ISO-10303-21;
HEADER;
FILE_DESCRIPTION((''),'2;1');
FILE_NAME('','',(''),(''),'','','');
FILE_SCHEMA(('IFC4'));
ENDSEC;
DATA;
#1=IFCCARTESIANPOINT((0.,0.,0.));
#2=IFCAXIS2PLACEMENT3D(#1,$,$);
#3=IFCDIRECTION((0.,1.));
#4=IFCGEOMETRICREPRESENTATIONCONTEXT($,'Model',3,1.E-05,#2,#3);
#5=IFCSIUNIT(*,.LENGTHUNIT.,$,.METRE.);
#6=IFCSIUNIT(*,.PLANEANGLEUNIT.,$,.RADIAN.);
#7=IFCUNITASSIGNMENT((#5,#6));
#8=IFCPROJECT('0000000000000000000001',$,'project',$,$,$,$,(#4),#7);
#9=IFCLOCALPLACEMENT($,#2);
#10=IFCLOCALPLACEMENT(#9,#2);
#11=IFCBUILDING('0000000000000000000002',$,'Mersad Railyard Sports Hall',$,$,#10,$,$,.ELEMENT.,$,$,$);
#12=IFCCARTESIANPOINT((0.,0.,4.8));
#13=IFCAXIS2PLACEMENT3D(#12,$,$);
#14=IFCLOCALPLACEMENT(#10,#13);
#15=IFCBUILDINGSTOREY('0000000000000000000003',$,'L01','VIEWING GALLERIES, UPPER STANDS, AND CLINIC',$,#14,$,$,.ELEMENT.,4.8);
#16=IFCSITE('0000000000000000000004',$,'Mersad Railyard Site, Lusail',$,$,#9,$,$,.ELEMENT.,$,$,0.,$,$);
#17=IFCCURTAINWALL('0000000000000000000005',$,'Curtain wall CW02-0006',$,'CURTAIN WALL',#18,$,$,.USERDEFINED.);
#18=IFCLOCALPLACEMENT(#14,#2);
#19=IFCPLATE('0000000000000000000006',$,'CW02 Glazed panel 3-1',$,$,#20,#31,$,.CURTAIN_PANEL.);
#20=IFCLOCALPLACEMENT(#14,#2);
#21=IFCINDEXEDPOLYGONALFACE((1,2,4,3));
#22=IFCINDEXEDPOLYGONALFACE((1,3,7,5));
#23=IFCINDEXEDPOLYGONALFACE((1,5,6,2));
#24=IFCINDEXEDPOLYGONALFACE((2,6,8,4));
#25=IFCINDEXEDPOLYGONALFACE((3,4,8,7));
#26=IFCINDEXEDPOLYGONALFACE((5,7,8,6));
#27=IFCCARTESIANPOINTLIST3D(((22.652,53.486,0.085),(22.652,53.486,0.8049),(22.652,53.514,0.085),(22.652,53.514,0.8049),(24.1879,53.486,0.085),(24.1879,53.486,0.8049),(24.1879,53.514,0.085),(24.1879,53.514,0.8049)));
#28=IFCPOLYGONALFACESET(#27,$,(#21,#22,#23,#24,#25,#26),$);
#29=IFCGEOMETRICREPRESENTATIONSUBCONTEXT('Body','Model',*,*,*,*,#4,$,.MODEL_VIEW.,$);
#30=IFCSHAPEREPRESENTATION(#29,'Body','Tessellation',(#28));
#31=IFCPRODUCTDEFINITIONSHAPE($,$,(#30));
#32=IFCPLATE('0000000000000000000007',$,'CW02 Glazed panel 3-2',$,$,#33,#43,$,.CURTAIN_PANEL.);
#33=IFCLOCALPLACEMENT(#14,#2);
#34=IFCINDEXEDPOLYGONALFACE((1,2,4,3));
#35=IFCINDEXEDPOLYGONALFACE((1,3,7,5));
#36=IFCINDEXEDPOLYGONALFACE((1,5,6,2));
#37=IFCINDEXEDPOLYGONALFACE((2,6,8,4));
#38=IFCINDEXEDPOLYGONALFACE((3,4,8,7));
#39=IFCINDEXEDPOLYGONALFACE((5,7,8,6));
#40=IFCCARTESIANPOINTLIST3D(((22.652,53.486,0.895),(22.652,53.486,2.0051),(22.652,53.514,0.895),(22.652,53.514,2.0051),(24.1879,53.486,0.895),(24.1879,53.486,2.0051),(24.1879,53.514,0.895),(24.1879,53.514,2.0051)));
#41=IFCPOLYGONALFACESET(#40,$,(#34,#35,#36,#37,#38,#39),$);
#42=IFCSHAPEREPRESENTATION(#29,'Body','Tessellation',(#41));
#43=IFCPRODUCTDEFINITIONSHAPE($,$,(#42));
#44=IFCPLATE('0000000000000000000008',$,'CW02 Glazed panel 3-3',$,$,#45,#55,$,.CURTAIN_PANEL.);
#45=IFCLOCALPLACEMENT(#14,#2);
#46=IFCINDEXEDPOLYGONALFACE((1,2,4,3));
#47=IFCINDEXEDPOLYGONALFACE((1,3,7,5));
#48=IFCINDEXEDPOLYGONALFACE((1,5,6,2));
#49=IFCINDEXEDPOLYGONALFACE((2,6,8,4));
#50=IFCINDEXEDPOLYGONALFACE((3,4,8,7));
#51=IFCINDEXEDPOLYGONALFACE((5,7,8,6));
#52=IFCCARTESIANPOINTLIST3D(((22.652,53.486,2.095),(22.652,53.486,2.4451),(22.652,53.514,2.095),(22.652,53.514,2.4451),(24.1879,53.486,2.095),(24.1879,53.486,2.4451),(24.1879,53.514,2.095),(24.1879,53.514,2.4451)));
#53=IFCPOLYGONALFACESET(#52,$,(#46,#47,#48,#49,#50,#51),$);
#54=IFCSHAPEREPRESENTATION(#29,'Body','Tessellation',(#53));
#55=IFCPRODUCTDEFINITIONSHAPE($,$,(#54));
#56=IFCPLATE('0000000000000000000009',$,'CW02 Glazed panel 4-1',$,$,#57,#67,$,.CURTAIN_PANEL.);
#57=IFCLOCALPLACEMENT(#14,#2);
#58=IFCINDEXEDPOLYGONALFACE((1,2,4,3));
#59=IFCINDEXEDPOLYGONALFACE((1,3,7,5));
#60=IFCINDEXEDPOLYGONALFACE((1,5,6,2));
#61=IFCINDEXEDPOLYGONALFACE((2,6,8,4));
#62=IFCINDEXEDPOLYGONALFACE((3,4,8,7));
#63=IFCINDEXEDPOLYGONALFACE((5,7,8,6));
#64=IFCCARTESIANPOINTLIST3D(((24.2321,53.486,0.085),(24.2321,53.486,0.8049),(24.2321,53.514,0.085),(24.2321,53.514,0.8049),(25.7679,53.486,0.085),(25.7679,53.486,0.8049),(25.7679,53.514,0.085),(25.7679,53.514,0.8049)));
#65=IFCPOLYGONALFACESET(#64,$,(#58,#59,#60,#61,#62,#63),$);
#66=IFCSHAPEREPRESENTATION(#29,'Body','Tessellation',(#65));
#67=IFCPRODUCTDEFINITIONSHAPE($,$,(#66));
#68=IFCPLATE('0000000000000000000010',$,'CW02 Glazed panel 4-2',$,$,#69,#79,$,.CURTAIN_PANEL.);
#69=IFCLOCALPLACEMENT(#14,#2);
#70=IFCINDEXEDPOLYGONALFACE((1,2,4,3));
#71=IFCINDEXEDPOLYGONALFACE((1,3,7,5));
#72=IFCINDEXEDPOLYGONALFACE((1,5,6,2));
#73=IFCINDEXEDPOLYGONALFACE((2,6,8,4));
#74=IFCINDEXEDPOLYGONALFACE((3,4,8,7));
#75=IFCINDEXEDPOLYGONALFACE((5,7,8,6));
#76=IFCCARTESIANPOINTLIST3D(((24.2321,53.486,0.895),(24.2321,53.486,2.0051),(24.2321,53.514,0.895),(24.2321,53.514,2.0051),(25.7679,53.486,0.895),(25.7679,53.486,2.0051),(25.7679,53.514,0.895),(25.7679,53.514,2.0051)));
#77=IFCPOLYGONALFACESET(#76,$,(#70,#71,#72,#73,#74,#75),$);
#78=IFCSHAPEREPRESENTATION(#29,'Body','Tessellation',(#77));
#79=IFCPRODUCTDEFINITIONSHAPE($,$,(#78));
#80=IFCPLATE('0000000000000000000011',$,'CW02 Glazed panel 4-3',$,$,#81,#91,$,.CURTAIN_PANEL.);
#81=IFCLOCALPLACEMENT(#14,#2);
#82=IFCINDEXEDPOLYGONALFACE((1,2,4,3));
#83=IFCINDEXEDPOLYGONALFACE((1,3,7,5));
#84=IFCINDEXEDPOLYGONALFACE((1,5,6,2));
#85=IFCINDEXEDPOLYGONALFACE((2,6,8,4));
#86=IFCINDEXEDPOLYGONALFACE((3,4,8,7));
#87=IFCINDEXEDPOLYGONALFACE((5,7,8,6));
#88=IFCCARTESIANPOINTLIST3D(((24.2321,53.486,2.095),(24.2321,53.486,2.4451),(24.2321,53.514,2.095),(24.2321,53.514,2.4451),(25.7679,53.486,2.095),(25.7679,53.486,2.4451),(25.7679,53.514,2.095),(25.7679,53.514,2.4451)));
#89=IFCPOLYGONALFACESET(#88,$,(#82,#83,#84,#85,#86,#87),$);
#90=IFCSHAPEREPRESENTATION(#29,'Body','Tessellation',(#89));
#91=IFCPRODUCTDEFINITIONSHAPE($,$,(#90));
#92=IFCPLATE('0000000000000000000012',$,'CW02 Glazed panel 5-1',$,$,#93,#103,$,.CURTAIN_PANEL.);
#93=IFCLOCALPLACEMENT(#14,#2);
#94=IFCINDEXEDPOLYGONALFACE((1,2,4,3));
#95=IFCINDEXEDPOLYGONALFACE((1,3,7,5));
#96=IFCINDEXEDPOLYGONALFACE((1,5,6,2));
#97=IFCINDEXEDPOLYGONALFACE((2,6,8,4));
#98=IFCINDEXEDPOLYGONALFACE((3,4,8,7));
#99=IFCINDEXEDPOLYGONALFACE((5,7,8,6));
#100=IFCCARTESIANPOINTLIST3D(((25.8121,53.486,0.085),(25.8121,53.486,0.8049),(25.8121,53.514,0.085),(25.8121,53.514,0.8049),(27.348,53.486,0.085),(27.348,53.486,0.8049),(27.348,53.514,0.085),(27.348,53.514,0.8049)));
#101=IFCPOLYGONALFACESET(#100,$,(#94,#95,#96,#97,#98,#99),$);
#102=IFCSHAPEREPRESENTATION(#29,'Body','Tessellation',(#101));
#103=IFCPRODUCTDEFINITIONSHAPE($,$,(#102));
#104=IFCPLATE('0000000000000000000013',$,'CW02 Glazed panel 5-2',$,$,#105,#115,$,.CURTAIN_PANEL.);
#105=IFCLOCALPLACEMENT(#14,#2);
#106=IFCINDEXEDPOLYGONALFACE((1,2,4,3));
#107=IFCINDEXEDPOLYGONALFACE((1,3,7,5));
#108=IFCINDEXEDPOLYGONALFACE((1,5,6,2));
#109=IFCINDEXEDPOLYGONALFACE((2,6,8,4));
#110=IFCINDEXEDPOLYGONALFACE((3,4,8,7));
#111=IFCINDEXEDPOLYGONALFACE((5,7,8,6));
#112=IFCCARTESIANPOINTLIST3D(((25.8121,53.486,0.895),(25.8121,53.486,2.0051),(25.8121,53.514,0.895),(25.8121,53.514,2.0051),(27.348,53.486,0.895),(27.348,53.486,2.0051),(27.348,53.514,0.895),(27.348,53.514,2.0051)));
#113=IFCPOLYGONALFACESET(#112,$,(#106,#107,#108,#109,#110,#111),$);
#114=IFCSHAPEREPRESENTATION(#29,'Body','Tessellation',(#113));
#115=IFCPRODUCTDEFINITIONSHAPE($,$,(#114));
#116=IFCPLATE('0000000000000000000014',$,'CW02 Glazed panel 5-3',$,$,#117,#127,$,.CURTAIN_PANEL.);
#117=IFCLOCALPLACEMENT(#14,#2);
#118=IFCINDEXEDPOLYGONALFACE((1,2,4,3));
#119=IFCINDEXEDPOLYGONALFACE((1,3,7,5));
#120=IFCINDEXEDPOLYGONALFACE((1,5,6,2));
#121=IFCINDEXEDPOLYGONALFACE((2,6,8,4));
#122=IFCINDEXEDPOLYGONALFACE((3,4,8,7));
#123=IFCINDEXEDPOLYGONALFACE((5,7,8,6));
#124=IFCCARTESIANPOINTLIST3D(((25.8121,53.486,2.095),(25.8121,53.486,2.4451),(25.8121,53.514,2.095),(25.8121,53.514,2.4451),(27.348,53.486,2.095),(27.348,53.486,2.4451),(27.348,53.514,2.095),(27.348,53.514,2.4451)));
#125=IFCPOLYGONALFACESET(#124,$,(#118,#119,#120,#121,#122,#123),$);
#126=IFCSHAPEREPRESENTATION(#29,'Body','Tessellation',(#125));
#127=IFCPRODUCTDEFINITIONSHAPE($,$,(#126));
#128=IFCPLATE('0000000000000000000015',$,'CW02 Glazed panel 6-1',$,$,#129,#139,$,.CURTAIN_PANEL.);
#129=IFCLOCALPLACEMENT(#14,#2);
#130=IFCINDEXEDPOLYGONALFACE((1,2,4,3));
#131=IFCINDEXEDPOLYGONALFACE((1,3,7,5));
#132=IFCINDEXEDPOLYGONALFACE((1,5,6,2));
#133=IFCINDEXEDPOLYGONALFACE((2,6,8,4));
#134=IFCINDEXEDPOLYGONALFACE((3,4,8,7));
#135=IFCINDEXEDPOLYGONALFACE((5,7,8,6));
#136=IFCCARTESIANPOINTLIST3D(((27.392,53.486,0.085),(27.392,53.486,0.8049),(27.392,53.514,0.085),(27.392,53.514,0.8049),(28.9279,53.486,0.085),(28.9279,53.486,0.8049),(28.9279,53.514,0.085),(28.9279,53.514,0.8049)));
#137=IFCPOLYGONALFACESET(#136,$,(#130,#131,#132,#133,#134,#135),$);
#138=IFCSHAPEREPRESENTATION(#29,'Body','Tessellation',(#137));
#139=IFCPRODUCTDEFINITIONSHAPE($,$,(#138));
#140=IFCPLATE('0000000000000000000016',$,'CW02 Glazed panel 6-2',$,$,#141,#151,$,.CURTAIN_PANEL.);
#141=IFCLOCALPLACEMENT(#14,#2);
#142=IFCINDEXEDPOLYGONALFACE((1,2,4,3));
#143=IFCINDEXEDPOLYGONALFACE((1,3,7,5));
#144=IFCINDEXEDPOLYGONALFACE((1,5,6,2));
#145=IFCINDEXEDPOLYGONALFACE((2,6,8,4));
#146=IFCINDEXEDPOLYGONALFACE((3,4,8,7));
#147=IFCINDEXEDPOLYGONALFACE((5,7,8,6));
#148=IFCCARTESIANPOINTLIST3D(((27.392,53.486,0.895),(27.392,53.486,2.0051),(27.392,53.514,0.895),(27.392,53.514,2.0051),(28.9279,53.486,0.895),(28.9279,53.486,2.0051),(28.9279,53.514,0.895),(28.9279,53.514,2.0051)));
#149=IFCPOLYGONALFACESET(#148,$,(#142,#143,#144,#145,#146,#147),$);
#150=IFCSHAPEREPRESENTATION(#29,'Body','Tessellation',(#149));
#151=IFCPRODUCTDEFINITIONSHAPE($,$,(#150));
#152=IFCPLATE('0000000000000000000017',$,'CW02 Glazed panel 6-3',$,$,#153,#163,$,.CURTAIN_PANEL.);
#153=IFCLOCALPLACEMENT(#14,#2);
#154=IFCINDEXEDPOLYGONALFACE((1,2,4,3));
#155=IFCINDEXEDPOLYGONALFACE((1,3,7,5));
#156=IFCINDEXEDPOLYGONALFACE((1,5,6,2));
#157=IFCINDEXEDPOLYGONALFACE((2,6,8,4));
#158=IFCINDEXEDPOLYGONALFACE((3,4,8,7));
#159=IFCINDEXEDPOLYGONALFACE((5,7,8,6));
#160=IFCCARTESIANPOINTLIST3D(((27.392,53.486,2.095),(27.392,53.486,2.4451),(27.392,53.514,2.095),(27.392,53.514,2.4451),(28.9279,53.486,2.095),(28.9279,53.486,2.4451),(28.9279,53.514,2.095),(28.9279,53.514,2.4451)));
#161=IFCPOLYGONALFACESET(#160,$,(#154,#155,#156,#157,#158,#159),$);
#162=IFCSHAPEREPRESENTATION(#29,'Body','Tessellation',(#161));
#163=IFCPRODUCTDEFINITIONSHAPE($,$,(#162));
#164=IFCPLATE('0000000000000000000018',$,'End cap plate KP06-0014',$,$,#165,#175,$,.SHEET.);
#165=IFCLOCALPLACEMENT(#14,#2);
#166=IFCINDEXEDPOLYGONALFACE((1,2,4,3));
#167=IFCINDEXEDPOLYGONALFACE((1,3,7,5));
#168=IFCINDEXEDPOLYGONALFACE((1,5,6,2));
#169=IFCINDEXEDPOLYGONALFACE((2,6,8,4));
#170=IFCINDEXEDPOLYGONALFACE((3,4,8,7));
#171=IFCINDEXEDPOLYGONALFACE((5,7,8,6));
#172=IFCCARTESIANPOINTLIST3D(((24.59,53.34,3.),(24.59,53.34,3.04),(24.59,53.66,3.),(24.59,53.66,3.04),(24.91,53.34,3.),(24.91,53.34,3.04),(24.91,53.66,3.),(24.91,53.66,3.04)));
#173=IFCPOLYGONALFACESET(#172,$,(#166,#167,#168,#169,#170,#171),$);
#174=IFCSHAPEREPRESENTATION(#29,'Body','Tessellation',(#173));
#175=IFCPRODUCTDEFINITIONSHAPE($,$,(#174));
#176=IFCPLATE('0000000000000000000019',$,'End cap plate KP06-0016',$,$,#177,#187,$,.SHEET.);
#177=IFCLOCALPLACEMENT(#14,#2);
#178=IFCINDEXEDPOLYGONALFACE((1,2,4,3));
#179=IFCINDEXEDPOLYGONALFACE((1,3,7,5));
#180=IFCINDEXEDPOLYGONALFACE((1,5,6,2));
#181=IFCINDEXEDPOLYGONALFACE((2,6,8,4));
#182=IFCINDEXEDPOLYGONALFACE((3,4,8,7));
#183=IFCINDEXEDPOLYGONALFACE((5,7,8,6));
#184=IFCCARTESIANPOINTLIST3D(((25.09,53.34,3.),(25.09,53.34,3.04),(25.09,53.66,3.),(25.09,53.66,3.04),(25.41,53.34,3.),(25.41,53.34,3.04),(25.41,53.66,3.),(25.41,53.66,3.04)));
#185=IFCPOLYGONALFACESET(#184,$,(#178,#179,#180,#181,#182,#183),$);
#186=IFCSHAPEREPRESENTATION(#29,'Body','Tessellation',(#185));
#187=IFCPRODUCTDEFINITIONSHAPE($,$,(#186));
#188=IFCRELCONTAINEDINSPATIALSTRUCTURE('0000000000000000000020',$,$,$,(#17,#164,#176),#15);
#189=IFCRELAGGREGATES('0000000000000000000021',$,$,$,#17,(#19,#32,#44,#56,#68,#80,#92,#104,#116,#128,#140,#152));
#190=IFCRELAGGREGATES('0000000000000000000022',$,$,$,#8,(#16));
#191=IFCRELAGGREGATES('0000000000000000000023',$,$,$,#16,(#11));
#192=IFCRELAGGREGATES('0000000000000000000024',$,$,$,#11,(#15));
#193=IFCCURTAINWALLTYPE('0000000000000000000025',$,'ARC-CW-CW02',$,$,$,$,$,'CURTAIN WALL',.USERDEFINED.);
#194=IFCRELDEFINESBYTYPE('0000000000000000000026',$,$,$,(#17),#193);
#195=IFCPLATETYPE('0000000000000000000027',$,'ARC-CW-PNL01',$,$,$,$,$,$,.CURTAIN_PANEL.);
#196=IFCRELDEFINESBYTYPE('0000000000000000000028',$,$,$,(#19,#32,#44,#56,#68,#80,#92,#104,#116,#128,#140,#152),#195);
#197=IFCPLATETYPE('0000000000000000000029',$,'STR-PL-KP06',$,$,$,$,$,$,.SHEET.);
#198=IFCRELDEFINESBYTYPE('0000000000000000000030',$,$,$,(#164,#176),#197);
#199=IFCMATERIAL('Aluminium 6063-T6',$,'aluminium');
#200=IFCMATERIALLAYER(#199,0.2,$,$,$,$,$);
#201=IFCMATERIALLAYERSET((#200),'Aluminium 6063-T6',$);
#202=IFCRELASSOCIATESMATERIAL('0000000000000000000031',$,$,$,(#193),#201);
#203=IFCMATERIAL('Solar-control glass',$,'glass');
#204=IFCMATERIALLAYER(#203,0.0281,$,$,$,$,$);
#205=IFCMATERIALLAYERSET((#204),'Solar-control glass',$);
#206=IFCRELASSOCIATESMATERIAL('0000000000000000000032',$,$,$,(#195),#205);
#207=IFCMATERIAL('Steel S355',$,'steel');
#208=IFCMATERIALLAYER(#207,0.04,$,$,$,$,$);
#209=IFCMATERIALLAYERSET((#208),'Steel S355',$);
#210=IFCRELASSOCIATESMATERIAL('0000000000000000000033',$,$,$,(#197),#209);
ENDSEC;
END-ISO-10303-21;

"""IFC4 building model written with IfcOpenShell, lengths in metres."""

from ifc_helpers import new_model, si_unit, direction, frame, origin, origin_2d, place, context, subcontext, project, spatial, rectangle, extrude, material, layer, layer_set, type_object, element, aggregate, save


model = new_model("IFC4")

# Units and contexts
model_context = context("Model", 3, precision=1e-05, world=origin(), true_north=direction((0.0, 1.0)))
body_context = subcontext(model_context, "Body", "Model", "MODEL_VIEW")
ifc_project = project(units=[si_unit("LENGTHUNIT", "METRE"), si_unit("PLANEANGLEUNIT", "RADIAN")], contexts=[model_context])

# Site, building, storey
site_placement = place(None, origin())
site = spatial("IfcSite", under=ifc_project, at=site_placement, Name="Mersad Railyard Site, Lusail", CompositionType="ELEMENT", RefElevation=0.0)
building_placement = place(site_placement, origin())
building = spatial("IfcBuilding", under=site, at=building_placement, Name="Mersad Railyard Sports Hall", CompositionType="ELEMENT")
storey_placement = place(building_placement, frame((0.0, 0.0, 4.8)))
storey = spatial("IfcBuildingStorey", under=building, at=storey_placement, Name="L01", Description="VIEWING GALLERIES, UPPER STANDS, AND CLINIC", CompositionType="ELEMENT", Elevation=4.8)

# Curtain wall
ifc_material_1 = material(Name="Aluminium 6063-T6", Category="aluminium")
ifc_layer_1 = layer(ifc_material_1, 0.2)
ifc_layer_set_1 = layer_set([ifc_layer_1], Name="Aluminium 6063-T6")
curtain_wall_type = type_object("IfcCurtainWallType", Name="ARC-CW-CW02", ElementType="CURTAIN WALL", PredefinedType="USERDEFINED", material=ifc_layer_set_1)
curtain_wall_placement = place(storey_placement, origin())
curtain_wall = element("IfcCurtainWall", 1, at=curtain_wall_placement, inside=storey, type_object=curtain_wall_type, Name="Curtain wall CW02-0006", ObjectType="CURTAIN WALL", PredefinedType="USERDEFINED")

# Plates
ifc_material_2 = material(Name="Solar-control glass", Category="glass")
ifc_layer_2 = layer(ifc_material_2, 0.0281)
ifc_layer_set_2 = layer_set([ifc_layer_2], Name="Solar-control glass")
plate_type_1 = type_object("IfcPlateType", Name="ARC-CW-PNL01", PredefinedType="CURTAIN_PANEL", material=ifc_layer_set_2)
plate_1_placement = place(storey_placement, frame((23.4199, 53.5, 0.085), z_axis=(0.0, 0.0, 1.0), x_axis=(1.0, 0.0, 0.0)))
plate_1 = element("IfcPlate", 2, at=plate_1_placement, type_object=plate_type_1, Name="CW02 Glazed panel 3-1", PredefinedType="CURTAIN_PANEL", context=body_context, shape_type="SweptSolid", body=[
    extrude(rectangle(XDim=1.5359, YDim=0.0281, at=origin_2d()), origin(), (0.0, 0.0, 1.0), 0.72),
])
plate_2_placement = place(storey_placement, frame((23.4199, 53.5, 0.895), z_axis=(0.0, 0.0, 1.0), x_axis=(1.0, 0.0, 0.0)))
plate_2 = element("IfcPlate", 3, at=plate_2_placement, type_object=plate_type_1, Name="CW02 Glazed panel 3-2", PredefinedType="CURTAIN_PANEL", context=body_context, shape_type="SweptSolid", body=[
    extrude(rectangle(XDim=1.5359, YDim=0.0281, at=origin_2d()), origin(), (0.0, 0.0, 1.0), 1.1101),
])
plate_3_placement = place(storey_placement, frame((23.4199, 53.5, 2.095), z_axis=(0.0, 0.0, 1.0), x_axis=(1.0, 0.0, 0.0)))
plate_3 = element("IfcPlate", 4, at=plate_3_placement, type_object=plate_type_1, Name="CW02 Glazed panel 3-3", PredefinedType="CURTAIN_PANEL", context=body_context, shape_type="SweptSolid", body=[
    extrude(rectangle(XDim=1.5359, YDim=0.0281, at=origin_2d()), origin(), (0.0, 0.0, 1.0), 0.3501),
])
plate_4_placement = place(storey_placement, frame((25.0, 53.5, 0.085), z_axis=(0.0, 0.0, 1.0), x_axis=(1.0, 0.0, 0.0)))
plate_4 = element("IfcPlate", 5, at=plate_4_placement, type_object=plate_type_1, Name="CW02 Glazed panel 4-1", PredefinedType="CURTAIN_PANEL", context=body_context, shape_type="SweptSolid", body=[
    extrude(rectangle(XDim=1.5359, YDim=0.0281, at=origin_2d()), origin(), (0.0, 0.0, 1.0), 0.72),
])
plate_5_placement = place(storey_placement, frame((25.0, 53.5, 0.895), z_axis=(0.0, 0.0, 1.0), x_axis=(1.0, 0.0, 0.0)))
plate_5 = element("IfcPlate", 6, at=plate_5_placement, type_object=plate_type_1, Name="CW02 Glazed panel 4-2", PredefinedType="CURTAIN_PANEL", context=body_context, shape_type="SweptSolid", body=[
    extrude(rectangle(XDim=1.5359, YDim=0.0281, at=origin_2d()), origin(), (0.0, 0.0, 1.0), 1.1101),
])
plate_6_placement = place(storey_placement, frame((25.0, 53.5, 2.095), z_axis=(0.0, 0.0, 1.0), x_axis=(1.0, 0.0, 0.0)))
plate_6 = element("IfcPlate", 7, at=plate_6_placement, type_object=plate_type_1, Name="CW02 Glazed panel 4-3", PredefinedType="CURTAIN_PANEL", context=body_context, shape_type="SweptSolid", body=[
    extrude(rectangle(XDim=1.5359, YDim=0.0281, at=origin_2d()), origin(), (0.0, 0.0, 1.0), 0.3501),
])
plate_7_placement = place(storey_placement, frame((26.5801, 53.5, 0.085), z_axis=(0.0, 0.0, 1.0), x_axis=(1.0, 0.0, 0.0)))
plate_7 = element("IfcPlate", 8, at=plate_7_placement, type_object=plate_type_1, Name="CW02 Glazed panel 5-1", PredefinedType="CURTAIN_PANEL", context=body_context, shape_type="SweptSolid", body=[
    extrude(rectangle(XDim=1.5359, YDim=0.0281, at=origin_2d()), origin(), (0.0, 0.0, 1.0), 0.72),
])
plate_8_placement = place(storey_placement, frame((26.5801, 53.5, 0.895), z_axis=(0.0, 0.0, 1.0), x_axis=(1.0, 0.0, 0.0)))
plate_8 = element("IfcPlate", 9, at=plate_8_placement, type_object=plate_type_1, Name="CW02 Glazed panel 5-2", PredefinedType="CURTAIN_PANEL", context=body_context, shape_type="SweptSolid", body=[
    extrude(rectangle(XDim=1.5359, YDim=0.0281, at=origin_2d()), origin(), (0.0, 0.0, 1.0), 1.1101),
])
plate_9_placement = place(storey_placement, frame((26.5801, 53.5, 2.095), z_axis=(0.0, 0.0, 1.0), x_axis=(1.0, 0.0, 0.0)))
plate_9 = element("IfcPlate", 10, at=plate_9_placement, type_object=plate_type_1, Name="CW02 Glazed panel 5-3", PredefinedType="CURTAIN_PANEL", context=body_context, shape_type="SweptSolid", body=[
    extrude(rectangle(XDim=1.5359, YDim=0.0281, at=origin_2d()), origin(), (0.0, 0.0, 1.0), 0.3501),
])
plate_10_placement = place(storey_placement, frame((28.1599, 53.5, 0.085), z_axis=(0.0, 0.0, 1.0), x_axis=(1.0, 0.0, 0.0)))
plate_10 = element("IfcPlate", 11, at=plate_10_placement, type_object=plate_type_1, Name="CW02 Glazed panel 6-1", PredefinedType="CURTAIN_PANEL", context=body_context, shape_type="SweptSolid", body=[
    extrude(rectangle(XDim=1.5359, YDim=0.0281, at=origin_2d()), origin(), (0.0, 0.0, 1.0), 0.72),
])
plate_11_placement = place(storey_placement, frame((28.1599, 53.5, 0.895), z_axis=(0.0, 0.0, 1.0), x_axis=(1.0, 0.0, 0.0)))
plate_11 = element("IfcPlate", 12, at=plate_11_placement, type_object=plate_type_1, Name="CW02 Glazed panel 6-2", PredefinedType="CURTAIN_PANEL", context=body_context, shape_type="SweptSolid", body=[
    extrude(rectangle(XDim=1.5359, YDim=0.0281, at=origin_2d()), origin(), (0.0, 0.0, 1.0), 1.1101),
])
plate_12_placement = place(storey_placement, frame((28.1599, 53.5, 2.095), z_axis=(0.0, 0.0, 1.0), x_axis=(1.0, 0.0, 0.0)))
plate_12 = element("IfcPlate", 13, at=plate_12_placement, type_object=plate_type_1, Name="CW02 Glazed panel 6-3", PredefinedType="CURTAIN_PANEL", context=body_context, shape_type="SweptSolid", body=[
    extrude(rectangle(XDim=1.5359, YDim=0.0281, at=origin_2d()), origin(), (0.0, 0.0, 1.0), 0.3501),
])
aggregate(curtain_wall, [plate_1, plate_2, plate_3, plate_4, plate_5, plate_6, plate_7, plate_8, plate_9, plate_10, plate_11, plate_12])

# Plates
ifc_material_3 = material(Name="Steel S355", Category="steel")
ifc_layer_3 = layer(ifc_material_3, 0.04)
ifc_layer_set_3 = layer_set([ifc_layer_3], Name="Steel S355")
plate_type_2 = type_object("IfcPlateType", Name="STR-PL-KP06", PredefinedType="SHEET", material=ifc_layer_set_3)
for number, where, z_axis, x_axis, name in (
    (14, (24.75, 53.5, 3.0), (0.0, 0.0, 1.0), (1.0, 0.0, 0.0), "End cap plate KP06-0014"),
    (15, (25.25, 53.5, 3.0), (0.0, 0.0, 1.0), (1.0, 0.0, 0.0), "End cap plate KP06-0016"),
):
    element("IfcPlate", number, at=place(storey_placement, frame(where, z_axis=z_axis, x_axis=x_axis)), inside=storey, type_object=plate_type_2, Name=name, PredefinedType="SHEET", context=body_context, shape_type="SweptSolid", body=[
        extrude(rectangle(XDim=0.3201, YDim=0.3201, at=origin_2d()), origin(), (0.0, 0.0, 1.0), 0.04),
    ])

save(model, "model.ifc")
